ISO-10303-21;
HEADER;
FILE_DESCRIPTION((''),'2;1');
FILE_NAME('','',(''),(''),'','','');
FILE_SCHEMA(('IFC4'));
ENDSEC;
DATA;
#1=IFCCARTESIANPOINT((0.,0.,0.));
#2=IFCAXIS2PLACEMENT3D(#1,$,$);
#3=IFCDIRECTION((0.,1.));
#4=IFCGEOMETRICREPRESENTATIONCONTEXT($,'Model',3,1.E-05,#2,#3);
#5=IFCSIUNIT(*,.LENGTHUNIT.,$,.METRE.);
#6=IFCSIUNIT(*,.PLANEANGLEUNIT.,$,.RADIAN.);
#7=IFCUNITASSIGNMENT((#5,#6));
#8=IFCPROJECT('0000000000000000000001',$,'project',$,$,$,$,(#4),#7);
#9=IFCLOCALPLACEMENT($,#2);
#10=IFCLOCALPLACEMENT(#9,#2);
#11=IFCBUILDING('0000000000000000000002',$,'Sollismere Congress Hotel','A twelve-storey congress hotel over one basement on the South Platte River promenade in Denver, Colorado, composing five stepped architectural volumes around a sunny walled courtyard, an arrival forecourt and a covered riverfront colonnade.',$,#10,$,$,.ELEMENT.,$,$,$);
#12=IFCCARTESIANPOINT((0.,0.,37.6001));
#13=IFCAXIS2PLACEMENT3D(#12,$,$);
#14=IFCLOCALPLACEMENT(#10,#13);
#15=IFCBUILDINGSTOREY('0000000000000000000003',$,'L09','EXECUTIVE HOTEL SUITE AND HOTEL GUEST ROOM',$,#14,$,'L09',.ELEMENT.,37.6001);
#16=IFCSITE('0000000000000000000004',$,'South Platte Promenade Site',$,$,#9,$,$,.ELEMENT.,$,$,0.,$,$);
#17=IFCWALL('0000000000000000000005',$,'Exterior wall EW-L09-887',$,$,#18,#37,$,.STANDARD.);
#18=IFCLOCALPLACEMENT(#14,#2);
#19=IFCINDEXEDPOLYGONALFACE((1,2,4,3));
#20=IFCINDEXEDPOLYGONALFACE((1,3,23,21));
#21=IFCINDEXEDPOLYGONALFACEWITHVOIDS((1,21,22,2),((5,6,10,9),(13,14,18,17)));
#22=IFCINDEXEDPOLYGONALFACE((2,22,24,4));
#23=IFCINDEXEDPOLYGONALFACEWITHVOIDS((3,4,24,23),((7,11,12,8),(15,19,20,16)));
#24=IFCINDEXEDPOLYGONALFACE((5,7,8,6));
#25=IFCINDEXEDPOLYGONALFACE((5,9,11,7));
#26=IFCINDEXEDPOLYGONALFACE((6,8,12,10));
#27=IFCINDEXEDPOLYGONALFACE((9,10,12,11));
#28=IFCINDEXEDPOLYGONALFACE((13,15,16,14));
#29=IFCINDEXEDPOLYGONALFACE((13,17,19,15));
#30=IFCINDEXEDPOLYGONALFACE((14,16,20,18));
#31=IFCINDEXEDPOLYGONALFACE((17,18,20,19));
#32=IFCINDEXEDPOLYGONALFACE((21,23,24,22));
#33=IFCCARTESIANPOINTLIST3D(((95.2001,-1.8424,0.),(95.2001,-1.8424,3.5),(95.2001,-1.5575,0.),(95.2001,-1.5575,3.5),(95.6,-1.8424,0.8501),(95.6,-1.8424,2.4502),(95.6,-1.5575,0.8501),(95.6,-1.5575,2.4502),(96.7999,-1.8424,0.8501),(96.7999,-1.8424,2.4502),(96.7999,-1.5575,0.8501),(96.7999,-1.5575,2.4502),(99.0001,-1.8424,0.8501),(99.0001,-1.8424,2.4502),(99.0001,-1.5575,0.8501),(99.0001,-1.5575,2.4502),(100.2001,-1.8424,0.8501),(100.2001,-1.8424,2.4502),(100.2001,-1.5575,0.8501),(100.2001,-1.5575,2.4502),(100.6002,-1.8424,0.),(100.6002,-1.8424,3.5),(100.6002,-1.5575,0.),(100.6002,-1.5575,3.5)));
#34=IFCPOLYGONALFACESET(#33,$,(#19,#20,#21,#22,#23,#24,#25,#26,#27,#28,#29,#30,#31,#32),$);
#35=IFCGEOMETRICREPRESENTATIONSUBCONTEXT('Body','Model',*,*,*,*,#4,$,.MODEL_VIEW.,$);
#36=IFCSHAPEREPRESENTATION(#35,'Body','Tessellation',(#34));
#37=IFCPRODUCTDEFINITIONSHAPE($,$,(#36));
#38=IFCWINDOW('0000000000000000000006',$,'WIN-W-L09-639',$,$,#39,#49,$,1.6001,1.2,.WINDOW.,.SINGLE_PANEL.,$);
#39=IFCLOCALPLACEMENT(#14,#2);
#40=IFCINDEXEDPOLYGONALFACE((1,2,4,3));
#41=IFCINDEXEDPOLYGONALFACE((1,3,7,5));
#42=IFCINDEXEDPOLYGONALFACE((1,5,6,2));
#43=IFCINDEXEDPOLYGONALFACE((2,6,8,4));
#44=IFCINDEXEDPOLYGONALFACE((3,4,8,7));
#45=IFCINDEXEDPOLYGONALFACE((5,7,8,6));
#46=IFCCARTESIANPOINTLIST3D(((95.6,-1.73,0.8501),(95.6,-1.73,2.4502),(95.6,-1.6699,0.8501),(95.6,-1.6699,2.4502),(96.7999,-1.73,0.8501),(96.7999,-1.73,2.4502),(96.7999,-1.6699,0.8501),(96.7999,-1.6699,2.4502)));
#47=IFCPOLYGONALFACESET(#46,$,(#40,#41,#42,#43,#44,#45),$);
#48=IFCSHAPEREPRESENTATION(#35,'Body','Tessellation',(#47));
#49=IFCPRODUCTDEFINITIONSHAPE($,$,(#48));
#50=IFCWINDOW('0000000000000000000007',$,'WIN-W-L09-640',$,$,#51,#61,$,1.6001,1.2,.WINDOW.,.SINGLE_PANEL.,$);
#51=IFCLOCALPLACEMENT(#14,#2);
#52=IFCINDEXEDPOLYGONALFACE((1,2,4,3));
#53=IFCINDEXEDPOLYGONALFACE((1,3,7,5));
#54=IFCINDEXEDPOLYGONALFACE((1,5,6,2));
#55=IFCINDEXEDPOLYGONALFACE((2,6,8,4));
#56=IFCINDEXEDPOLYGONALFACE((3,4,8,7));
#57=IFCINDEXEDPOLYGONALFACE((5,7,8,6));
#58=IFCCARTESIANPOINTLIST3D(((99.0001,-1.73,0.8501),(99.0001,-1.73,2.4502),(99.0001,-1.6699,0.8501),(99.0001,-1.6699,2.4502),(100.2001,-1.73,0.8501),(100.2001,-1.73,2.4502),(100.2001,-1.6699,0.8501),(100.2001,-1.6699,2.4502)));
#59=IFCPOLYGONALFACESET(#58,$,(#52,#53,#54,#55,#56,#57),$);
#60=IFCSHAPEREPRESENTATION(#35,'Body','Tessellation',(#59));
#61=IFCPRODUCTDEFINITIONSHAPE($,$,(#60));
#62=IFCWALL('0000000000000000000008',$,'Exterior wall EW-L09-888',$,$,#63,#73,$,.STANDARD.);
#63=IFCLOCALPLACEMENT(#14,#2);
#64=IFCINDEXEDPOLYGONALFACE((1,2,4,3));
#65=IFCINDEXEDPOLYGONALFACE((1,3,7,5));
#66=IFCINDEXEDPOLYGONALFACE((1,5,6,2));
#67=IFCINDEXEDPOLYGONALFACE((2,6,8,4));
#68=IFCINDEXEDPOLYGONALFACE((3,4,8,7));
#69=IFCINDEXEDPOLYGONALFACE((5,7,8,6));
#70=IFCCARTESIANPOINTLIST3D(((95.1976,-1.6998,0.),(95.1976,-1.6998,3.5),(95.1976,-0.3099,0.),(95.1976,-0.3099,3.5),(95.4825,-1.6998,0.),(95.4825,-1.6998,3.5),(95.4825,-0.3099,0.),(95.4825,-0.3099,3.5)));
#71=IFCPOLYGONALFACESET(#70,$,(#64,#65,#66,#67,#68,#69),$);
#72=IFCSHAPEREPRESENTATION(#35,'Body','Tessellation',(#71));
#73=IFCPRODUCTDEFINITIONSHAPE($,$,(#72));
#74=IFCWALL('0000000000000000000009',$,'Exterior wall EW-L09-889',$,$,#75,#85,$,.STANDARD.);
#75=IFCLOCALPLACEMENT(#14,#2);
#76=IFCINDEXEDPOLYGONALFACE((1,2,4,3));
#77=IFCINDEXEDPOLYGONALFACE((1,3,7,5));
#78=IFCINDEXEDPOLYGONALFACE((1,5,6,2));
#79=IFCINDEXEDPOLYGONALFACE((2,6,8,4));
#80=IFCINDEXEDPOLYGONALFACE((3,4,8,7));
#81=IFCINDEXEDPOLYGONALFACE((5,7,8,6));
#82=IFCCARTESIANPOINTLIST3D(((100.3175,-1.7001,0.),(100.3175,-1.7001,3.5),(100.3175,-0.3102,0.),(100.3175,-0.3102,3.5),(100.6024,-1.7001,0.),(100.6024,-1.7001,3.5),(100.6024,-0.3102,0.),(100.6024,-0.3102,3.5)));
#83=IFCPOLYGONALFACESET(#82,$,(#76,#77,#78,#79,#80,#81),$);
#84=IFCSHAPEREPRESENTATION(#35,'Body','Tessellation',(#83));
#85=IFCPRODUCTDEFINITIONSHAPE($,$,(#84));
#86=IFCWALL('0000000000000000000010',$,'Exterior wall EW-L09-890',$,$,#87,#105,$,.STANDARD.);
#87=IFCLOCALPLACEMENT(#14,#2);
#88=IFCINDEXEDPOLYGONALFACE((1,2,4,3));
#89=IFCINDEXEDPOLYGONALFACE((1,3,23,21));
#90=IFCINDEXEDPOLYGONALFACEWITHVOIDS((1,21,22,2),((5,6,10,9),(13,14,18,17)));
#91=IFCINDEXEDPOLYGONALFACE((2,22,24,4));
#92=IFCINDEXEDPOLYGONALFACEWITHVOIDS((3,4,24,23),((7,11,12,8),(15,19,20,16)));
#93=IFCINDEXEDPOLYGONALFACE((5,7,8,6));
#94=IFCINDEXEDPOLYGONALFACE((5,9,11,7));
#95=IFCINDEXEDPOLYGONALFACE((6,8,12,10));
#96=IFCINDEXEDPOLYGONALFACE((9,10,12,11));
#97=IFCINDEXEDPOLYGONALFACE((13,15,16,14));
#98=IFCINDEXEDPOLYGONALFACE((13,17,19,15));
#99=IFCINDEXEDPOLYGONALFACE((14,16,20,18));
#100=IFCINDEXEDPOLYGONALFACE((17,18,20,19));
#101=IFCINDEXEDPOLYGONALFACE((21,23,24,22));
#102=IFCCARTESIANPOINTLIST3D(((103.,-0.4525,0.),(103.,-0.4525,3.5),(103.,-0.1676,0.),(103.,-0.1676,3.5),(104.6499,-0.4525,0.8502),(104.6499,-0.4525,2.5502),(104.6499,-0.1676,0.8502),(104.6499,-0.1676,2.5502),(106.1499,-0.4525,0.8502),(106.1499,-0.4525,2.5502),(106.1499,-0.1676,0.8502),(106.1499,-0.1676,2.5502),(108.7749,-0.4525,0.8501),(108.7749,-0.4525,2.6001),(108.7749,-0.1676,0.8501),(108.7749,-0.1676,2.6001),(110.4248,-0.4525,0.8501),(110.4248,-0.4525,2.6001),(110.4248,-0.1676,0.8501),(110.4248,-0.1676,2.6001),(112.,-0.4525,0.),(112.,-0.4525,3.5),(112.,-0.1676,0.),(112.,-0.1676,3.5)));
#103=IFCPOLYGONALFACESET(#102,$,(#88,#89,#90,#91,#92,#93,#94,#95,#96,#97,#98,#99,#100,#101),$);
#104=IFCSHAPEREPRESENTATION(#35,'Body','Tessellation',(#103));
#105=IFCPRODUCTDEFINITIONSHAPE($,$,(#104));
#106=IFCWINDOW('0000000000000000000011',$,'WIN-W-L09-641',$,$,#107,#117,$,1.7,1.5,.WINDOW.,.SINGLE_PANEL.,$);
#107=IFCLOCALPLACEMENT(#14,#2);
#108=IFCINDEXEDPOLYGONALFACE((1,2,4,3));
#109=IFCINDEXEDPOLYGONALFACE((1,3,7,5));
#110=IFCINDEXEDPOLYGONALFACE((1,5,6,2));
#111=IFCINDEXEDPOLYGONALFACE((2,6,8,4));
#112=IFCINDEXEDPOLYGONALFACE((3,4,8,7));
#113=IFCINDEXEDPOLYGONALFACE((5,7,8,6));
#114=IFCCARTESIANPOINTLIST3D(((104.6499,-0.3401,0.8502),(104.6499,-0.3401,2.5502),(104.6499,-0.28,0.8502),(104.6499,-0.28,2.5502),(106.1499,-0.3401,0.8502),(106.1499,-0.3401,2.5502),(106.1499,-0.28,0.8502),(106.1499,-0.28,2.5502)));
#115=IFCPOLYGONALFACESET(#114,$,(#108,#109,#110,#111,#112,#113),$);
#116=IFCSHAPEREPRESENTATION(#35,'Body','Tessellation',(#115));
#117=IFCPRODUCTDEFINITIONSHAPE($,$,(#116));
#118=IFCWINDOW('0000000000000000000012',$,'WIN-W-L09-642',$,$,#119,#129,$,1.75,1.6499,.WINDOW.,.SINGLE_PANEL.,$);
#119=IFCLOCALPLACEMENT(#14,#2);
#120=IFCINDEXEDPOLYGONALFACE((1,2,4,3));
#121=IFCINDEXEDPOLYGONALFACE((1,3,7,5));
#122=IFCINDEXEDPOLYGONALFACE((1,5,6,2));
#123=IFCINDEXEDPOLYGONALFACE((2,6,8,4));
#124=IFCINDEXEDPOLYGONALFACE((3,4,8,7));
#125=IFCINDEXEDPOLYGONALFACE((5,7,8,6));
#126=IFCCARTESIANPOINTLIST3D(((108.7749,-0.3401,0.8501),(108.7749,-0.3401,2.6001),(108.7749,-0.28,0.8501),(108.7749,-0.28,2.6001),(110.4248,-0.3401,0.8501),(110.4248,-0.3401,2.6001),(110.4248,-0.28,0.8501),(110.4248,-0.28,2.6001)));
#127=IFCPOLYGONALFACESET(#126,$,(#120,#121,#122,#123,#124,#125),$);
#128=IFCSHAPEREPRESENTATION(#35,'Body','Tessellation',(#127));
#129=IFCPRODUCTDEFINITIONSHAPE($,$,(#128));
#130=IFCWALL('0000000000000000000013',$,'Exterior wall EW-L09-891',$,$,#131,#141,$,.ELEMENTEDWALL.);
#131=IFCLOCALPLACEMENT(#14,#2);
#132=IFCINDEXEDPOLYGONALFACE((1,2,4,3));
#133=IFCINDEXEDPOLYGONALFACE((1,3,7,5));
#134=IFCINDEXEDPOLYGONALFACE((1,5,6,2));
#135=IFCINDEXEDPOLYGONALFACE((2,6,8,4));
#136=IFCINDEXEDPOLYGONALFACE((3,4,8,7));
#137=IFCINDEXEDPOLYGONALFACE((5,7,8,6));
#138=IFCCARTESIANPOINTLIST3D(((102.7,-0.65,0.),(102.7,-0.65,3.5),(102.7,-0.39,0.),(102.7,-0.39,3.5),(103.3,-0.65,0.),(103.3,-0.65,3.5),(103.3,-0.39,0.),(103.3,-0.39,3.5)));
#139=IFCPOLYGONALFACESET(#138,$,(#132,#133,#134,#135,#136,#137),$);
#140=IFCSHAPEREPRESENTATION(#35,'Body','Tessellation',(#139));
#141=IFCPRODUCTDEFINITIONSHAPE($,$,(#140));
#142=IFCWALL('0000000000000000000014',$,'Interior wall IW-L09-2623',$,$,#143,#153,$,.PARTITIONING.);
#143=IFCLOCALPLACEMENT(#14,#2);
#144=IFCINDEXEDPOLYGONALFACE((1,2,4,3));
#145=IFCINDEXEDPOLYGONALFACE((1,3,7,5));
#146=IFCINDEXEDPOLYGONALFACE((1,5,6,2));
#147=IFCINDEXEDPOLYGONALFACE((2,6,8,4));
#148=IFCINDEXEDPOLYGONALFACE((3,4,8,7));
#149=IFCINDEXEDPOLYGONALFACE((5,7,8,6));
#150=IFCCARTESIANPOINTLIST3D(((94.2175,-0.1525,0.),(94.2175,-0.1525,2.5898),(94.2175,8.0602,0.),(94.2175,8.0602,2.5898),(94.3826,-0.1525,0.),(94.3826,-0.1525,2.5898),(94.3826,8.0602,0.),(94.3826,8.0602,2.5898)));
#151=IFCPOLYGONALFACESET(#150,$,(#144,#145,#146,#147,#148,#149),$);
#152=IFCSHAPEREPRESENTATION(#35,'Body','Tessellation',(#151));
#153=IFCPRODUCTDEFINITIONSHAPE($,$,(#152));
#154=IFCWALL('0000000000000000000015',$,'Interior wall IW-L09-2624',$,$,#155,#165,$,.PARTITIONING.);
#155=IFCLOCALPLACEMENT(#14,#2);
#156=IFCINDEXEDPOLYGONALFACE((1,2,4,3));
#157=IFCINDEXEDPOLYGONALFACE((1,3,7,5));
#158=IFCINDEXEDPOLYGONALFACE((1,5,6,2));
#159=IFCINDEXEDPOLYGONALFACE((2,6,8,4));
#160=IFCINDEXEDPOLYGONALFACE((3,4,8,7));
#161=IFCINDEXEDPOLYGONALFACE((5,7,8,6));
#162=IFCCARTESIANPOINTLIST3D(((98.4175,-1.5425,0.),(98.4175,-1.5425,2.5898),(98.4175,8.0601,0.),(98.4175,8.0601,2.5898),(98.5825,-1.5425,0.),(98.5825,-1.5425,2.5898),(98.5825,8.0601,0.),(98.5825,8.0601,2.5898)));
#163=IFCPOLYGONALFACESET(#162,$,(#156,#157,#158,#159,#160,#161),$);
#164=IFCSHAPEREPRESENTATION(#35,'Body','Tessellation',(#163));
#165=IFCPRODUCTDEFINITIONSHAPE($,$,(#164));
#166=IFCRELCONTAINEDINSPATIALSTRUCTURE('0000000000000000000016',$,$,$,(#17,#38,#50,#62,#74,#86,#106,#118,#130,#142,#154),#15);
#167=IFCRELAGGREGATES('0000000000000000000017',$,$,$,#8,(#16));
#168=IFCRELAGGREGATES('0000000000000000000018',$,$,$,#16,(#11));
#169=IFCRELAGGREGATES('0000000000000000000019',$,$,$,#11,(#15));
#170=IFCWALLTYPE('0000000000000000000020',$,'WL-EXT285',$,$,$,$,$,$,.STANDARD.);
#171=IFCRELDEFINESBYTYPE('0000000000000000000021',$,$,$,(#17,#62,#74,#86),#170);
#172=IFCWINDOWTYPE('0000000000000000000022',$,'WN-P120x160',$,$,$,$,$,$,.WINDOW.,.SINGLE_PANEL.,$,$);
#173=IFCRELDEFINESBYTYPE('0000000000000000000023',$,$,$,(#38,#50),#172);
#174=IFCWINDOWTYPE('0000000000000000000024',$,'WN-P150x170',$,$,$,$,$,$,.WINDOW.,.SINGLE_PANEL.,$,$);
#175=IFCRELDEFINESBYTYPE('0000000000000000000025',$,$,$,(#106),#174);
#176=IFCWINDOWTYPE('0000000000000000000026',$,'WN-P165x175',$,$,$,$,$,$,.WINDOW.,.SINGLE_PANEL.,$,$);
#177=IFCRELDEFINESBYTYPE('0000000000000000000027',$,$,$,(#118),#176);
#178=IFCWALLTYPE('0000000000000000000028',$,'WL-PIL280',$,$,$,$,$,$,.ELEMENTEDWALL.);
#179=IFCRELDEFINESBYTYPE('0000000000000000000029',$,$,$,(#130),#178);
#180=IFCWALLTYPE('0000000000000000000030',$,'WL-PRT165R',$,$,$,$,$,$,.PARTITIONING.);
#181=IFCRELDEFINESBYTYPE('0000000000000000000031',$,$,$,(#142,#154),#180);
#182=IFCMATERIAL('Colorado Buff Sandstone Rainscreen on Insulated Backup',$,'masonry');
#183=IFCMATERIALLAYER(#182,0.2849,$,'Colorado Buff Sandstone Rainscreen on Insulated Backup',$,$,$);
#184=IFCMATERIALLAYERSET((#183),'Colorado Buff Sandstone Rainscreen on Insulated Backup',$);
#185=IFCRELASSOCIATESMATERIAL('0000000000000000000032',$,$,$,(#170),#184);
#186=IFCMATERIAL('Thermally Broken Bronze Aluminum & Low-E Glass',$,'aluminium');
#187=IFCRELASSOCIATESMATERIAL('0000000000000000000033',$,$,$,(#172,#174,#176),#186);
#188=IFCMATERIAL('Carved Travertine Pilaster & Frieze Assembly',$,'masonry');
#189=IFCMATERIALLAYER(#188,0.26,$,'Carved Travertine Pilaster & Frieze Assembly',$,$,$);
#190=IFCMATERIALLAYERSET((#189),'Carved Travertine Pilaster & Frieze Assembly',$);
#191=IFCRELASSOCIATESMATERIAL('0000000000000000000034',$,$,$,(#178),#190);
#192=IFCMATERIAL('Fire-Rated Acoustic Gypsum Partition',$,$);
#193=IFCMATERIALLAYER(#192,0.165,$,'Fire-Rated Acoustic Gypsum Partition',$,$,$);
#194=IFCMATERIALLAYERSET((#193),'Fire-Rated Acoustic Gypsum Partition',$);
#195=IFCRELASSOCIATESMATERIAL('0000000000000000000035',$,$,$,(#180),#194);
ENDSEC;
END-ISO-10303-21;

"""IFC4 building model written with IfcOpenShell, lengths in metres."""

from ifc_helpers import new_model, si_unit, direction, frame, frame_2d, origin, place, context, subcontext, project, spatial, rectangle, extrude, material, layer, layer_set, type_object, element, fill, save


model = new_model("IFC4")

# Units and contexts
model_context = context("Model", 3, precision=1e-05, world=origin(), true_north=direction((0.0, 1.0)))
body_context = subcontext(model_context, "Body", "Model", "MODEL_VIEW")
ifc_project = project(units=[si_unit("LENGTHUNIT", "METRE"), si_unit("PLANEANGLEUNIT", "RADIAN")], contexts=[model_context])

# Site, building, storey
site_placement = place(None, origin())
site = spatial("IfcSite", under=ifc_project, at=site_placement, Name="South Platte Promenade Site", CompositionType="ELEMENT", RefElevation=0.0)
building_placement = place(site_placement, origin())
building = spatial("IfcBuilding", under=site, at=building_placement, Name="Sollismere Congress Hotel", Description="A twelve-storey congress hotel over one basement on the South Platte River promenade in Denver, Colorado, composing five stepped architectural volumes around a sunny walled courtyard, an arrival forecourt and a covered riverfront colonnade.", CompositionType="ELEMENT")
storey_placement = place(building_placement, frame((0.0, 0.0, 37.6001)))
storey = spatial("IfcBuildingStorey", under=building, at=storey_placement, Name="L09", Description="EXECUTIVE HOTEL SUITE AND HOTEL GUEST ROOM", LongName="L09", CompositionType="ELEMENT", Elevation=37.6001)

# Shared definitions
ifc_material_1 = material(Name="Colorado Buff Sandstone Rainscreen on Insulated Backup", Category="masonry")
ifc_layer_1 = layer(ifc_material_1, 0.2849, Name="Colorado Buff Sandstone Rainscreen on Insulated Backup")
ifc_layer_set_1 = layer_set([ifc_layer_1], Name="Colorado Buff Sandstone Rainscreen on Insulated Backup")
wall_type_1 = type_object("IfcWallType", Name="WL-EXT285", PredefinedType="STANDARD", material=ifc_layer_set_1)

# Shared definitions
ifc_material_2 = material(Name="Thermally Broken Bronze Aluminum & Low-E Glass", Category="aluminium")

# Wall, openings, windows
wall_1_placement = place(storey_placement, frame((95.2, -1.7, 0.0), z_axis=(0.0, 0.0, 1.0), x_axis=(1.0, 0.0, 0.0)))
wall_1 = element("IfcWall", 1, at=wall_1_placement, inside=storey, type_object=wall_type_1, Name="Exterior wall EW-L09-887", PredefinedType="STANDARD", context=body_context, shape_type="SweptSolid", body=[
    extrude(rectangle(XDim=5.4001, YDim=0.2849, at=frame_2d((2.7002, 0.0))), origin(), (0.0, 0.0, 1.0), 3.5),
])
opening_1_placement = place(wall_1_placement, frame((0.3999, 0.0, 0.8501)))
opening_1 = element("IfcOpeningElement", 2, at=opening_1_placement, cuts=wall_1, PredefinedType="OPENING", context=body_context, shape_type="SweptSolid", body=[
    extrude(rectangle(XDim=1.2, YDim=1.6001, at=frame_2d((0.6001, 0.8))), frame((0.0, 0.1523, 0.0), z_axis=(0.0, -1.0, 0.0), x_axis=(1.0, 0.0, 0.0)), (0.0, 0.0, 1.0), 0.3049),
])
opening_2_placement = place(wall_1_placement, frame((3.8, 0.0, 0.8501)))
opening_2 = element("IfcOpeningElement", 3, at=opening_2_placement, cuts=wall_1, PredefinedType="OPENING", context=body_context, shape_type="SweptSolid", body=[
    extrude(rectangle(XDim=1.2, YDim=1.6001, at=frame_2d((0.6001, 0.8))), frame((0.0, 0.1523, 0.0), z_axis=(0.0, -1.0, 0.0), x_axis=(1.0, 0.0, 0.0)), (0.0, 0.0, 1.0), 0.3049),
])
window_type_1 = type_object("IfcWindowType", Name="WN-P120x160", PartitioningType="SINGLE_PANEL", PredefinedType="WINDOW", material=ifc_material_2)
window_1_placement = place(opening_1_placement, origin())
window_1 = element("IfcWindow", 4, at=window_1_placement, inside=storey, type_object=window_type_1, Name="WIN-W-L09-639", OverallHeight=1.6001, OverallWidth=1.2, PartitioningType="SINGLE_PANEL", PredefinedType="WINDOW", context=body_context, shape_type="SweptSolid", body=[
    extrude(rectangle(XDim=1.2, YDim=1.6001, at=frame_2d((0.6001, 0.8))), frame((0.0, 0.03, 0.0), z_axis=(0.0, -1.0, 0.0), x_axis=(1.0, 0.0, 0.0)), (0.0, 0.0, 1.0), 0.0601),
])
fill(opening_1, window_1)
window_2_placement = place(opening_2_placement, origin())
window_2 = element("IfcWindow", 5, at=window_2_placement, inside=storey, type_object=window_type_1, Name="WIN-W-L09-640", OverallHeight=1.6001, OverallWidth=1.2, PartitioningType="SINGLE_PANEL", PredefinedType="WINDOW", context=body_context, shape_type="SweptSolid", body=[
    extrude(rectangle(XDim=1.2, YDim=1.6001, at=frame_2d((0.6001, 0.8))), frame((0.0, 0.03, 0.0), z_axis=(0.0, -1.0, 0.0), x_axis=(1.0, 0.0, 0.0)), (0.0, 0.0, 1.0), 0.0601),
])
fill(opening_2, window_2)

# Walls
for number, where, z_axis, x_axis, name in (
    (6, (95.3401, -0.3101, 0.0), (0.0, 0.0, 1.0), (0.0, -1.0, 0.0), "Exterior wall EW-L09-888"),
    (7, (100.46, -1.7, 0.0), (0.0, 0.0, 1.0), (0.0, 1.0, 0.0), "Exterior wall EW-L09-889"),
):
    element("IfcWall", number, at=place(storey_placement, frame(where, z_axis=z_axis, x_axis=x_axis)), inside=storey, type_object=wall_type_1, Name=name, PredefinedType="STANDARD", context=body_context, shape_type="SweptSolid", body=[
        extrude(rectangle(XDim=1.3899, YDim=0.2849, at=frame_2d((0.6948, 0.0))), origin(), (0.0, 0.0, 1.0), 3.5),
    ])

# Wall, openings, windows
wall_2_placement = place(storey_placement, frame((103.0, -0.3101, 0.0), z_axis=(0.0, 0.0, 1.0), x_axis=(1.0, 0.0, 0.0)))
wall_2 = element("IfcWall", 8, at=wall_2_placement, inside=storey, type_object=wall_type_1, Name="Exterior wall EW-L09-890", PredefinedType="STANDARD", context=body_context, shape_type="SweptSolid", body=[
    extrude(rectangle(XDim=9.0, YDim=0.2849, at=frame_2d((4.5, 0.0))), origin(), (0.0, 0.0, 1.0), 3.5),
])
opening_3_placement = place(wall_2_placement, frame((1.6499, 0.0, 0.8501)))
opening_3 = element("IfcOpeningElement", 9, at=opening_3_placement, cuts=wall_2, PredefinedType="OPENING", context=body_context, shape_type="SweptSolid", body=[
    extrude(rectangle(XDim=1.5, YDim=1.7, at=frame_2d((0.75, 0.8501))), frame((0.0, 0.1523, 0.0), z_axis=(0.0, -1.0, 0.0), x_axis=(1.0, 0.0, 0.0)), (0.0, 0.0, 1.0), 0.3049),
])
opening_4_placement = place(wall_2_placement, frame((5.7749, 0.0, 0.8501)))
opening_4 = element("IfcOpeningElement", 10, at=opening_4_placement, cuts=wall_2, PredefinedType="OPENING", context=body_context, shape_type="SweptSolid", body=[
    extrude(rectangle(XDim=1.6499, YDim=1.75, at=frame_2d((0.825, 0.875))), frame((0.0, 0.1523, 0.0), z_axis=(0.0, -1.0, 0.0), x_axis=(1.0, 0.0, 0.0)), (0.0, 0.0, 1.0), 0.3049),
])
window_type_2 = type_object("IfcWindowType", Name="WN-P150x170", PartitioningType="SINGLE_PANEL", PredefinedType="WINDOW", material=ifc_material_2)
window_3_placement = place(opening_3_placement, origin())
window_3 = element("IfcWindow", 11, at=window_3_placement, inside=storey, type_object=window_type_2, Name="WIN-W-L09-641", OverallHeight=1.7, OverallWidth=1.5, PartitioningType="SINGLE_PANEL", PredefinedType="WINDOW", context=body_context, shape_type="SweptSolid", body=[
    extrude(rectangle(XDim=1.5, YDim=1.7, at=frame_2d((0.75, 0.8501))), frame((0.0, 0.03, 0.0), z_axis=(0.0, -1.0, 0.0), x_axis=(1.0, 0.0, 0.0)), (0.0, 0.0, 1.0), 0.0601),
])
fill(opening_3, window_3)
window_type_3 = type_object("IfcWindowType", Name="WN-P165x175", PartitioningType="SINGLE_PANEL", PredefinedType="WINDOW", material=ifc_material_2)
window_4_placement = place(opening_4_placement, origin())
window_4 = element("IfcWindow", 12, at=window_4_placement, inside=storey, type_object=window_type_3, Name="WIN-W-L09-642", OverallHeight=1.75, OverallWidth=1.6499, PartitioningType="SINGLE_PANEL", PredefinedType="WINDOW", context=body_context, shape_type="SweptSolid", body=[
    extrude(rectangle(XDim=1.6499, YDim=1.75, at=frame_2d((0.825, 0.875))), frame((0.0, 0.03, 0.0), z_axis=(0.0, -1.0, 0.0), x_axis=(1.0, 0.0, 0.0)), (0.0, 0.0, 1.0), 0.0601),
])
fill(opening_4, window_4)

# Walls
ifc_material_3 = material(Name="Carved Travertine Pilaster & Frieze Assembly", Category="masonry")
ifc_layer_2 = layer(ifc_material_3, 0.26, Name="Carved Travertine Pilaster & Frieze Assembly")
ifc_layer_set_2 = layer_set([ifc_layer_2], Name="Carved Travertine Pilaster & Frieze Assembly")
wall_type_2 = type_object("IfcWallType", Name="WL-PIL280", PredefinedType="ELEMENTEDWALL", material=ifc_layer_set_2)
wall_3_placement = place(storey_placement, frame((102.7, -0.52, 0.0), z_axis=(0.0, 0.0, 1.0), x_axis=(1.0, 0.0, 0.0)))
element("IfcWall", 13, at=wall_3_placement, inside=storey, type_object=wall_type_2, Name="Exterior wall EW-L09-891", PredefinedType="ELEMENTEDWALL", context=body_context, shape_type="SweptSolid", body=[
    extrude(rectangle(XDim=0.6001, YDim=0.26, at=frame_2d((0.3, 0.0))), origin(), (0.0, 0.0, 1.0), 3.5),
])
ifc_material_4 = material(Name="Fire-Rated Acoustic Gypsum Partition")
ifc_layer_3 = layer(ifc_material_4, 0.165, Name="Fire-Rated Acoustic Gypsum Partition")
ifc_layer_set_3 = layer_set([ifc_layer_3], Name="Fire-Rated Acoustic Gypsum Partition")
wall_type_3 = type_object("IfcWallType", Name="WL-PRT165R", PredefinedType="PARTITIONING", material=ifc_layer_set_3)
wall_4_placement = place(storey_placement, frame((94.3, -0.1526, 0.0), z_axis=(0.0, 0.0, 1.0), x_axis=(0.0, 1.0, 0.0)))
element("IfcWall", 14, at=wall_4_placement, inside=storey, type_object=wall_type_3, Name="Interior wall IW-L09-2623", PredefinedType="PARTITIONING", context=body_context, shape_type="SweptSolid", body=[
    extrude(rectangle(XDim=8.2126, YDim=0.165, at=frame_2d((4.1064, 0.0))), origin(), (0.0, 0.0, 1.0), 2.5898),
])
wall_5_placement = place(storey_placement, frame((98.5, -1.5425, 0.0), z_axis=(0.0, 0.0, 1.0), x_axis=(0.0, 1.0, 0.0)))
element("IfcWall", 15, at=wall_5_placement, inside=storey, type_object=wall_type_3, Name="Interior wall IW-L09-2624", PredefinedType="PARTITIONING", context=body_context, shape_type="SweptSolid", body=[
    extrude(rectangle(XDim=9.6025, YDim=0.165, at=frame_2d((4.8013, 0.0))), origin(), (0.0, 0.0, 1.0), 2.5898),
])

save(model, "model.ifc")
